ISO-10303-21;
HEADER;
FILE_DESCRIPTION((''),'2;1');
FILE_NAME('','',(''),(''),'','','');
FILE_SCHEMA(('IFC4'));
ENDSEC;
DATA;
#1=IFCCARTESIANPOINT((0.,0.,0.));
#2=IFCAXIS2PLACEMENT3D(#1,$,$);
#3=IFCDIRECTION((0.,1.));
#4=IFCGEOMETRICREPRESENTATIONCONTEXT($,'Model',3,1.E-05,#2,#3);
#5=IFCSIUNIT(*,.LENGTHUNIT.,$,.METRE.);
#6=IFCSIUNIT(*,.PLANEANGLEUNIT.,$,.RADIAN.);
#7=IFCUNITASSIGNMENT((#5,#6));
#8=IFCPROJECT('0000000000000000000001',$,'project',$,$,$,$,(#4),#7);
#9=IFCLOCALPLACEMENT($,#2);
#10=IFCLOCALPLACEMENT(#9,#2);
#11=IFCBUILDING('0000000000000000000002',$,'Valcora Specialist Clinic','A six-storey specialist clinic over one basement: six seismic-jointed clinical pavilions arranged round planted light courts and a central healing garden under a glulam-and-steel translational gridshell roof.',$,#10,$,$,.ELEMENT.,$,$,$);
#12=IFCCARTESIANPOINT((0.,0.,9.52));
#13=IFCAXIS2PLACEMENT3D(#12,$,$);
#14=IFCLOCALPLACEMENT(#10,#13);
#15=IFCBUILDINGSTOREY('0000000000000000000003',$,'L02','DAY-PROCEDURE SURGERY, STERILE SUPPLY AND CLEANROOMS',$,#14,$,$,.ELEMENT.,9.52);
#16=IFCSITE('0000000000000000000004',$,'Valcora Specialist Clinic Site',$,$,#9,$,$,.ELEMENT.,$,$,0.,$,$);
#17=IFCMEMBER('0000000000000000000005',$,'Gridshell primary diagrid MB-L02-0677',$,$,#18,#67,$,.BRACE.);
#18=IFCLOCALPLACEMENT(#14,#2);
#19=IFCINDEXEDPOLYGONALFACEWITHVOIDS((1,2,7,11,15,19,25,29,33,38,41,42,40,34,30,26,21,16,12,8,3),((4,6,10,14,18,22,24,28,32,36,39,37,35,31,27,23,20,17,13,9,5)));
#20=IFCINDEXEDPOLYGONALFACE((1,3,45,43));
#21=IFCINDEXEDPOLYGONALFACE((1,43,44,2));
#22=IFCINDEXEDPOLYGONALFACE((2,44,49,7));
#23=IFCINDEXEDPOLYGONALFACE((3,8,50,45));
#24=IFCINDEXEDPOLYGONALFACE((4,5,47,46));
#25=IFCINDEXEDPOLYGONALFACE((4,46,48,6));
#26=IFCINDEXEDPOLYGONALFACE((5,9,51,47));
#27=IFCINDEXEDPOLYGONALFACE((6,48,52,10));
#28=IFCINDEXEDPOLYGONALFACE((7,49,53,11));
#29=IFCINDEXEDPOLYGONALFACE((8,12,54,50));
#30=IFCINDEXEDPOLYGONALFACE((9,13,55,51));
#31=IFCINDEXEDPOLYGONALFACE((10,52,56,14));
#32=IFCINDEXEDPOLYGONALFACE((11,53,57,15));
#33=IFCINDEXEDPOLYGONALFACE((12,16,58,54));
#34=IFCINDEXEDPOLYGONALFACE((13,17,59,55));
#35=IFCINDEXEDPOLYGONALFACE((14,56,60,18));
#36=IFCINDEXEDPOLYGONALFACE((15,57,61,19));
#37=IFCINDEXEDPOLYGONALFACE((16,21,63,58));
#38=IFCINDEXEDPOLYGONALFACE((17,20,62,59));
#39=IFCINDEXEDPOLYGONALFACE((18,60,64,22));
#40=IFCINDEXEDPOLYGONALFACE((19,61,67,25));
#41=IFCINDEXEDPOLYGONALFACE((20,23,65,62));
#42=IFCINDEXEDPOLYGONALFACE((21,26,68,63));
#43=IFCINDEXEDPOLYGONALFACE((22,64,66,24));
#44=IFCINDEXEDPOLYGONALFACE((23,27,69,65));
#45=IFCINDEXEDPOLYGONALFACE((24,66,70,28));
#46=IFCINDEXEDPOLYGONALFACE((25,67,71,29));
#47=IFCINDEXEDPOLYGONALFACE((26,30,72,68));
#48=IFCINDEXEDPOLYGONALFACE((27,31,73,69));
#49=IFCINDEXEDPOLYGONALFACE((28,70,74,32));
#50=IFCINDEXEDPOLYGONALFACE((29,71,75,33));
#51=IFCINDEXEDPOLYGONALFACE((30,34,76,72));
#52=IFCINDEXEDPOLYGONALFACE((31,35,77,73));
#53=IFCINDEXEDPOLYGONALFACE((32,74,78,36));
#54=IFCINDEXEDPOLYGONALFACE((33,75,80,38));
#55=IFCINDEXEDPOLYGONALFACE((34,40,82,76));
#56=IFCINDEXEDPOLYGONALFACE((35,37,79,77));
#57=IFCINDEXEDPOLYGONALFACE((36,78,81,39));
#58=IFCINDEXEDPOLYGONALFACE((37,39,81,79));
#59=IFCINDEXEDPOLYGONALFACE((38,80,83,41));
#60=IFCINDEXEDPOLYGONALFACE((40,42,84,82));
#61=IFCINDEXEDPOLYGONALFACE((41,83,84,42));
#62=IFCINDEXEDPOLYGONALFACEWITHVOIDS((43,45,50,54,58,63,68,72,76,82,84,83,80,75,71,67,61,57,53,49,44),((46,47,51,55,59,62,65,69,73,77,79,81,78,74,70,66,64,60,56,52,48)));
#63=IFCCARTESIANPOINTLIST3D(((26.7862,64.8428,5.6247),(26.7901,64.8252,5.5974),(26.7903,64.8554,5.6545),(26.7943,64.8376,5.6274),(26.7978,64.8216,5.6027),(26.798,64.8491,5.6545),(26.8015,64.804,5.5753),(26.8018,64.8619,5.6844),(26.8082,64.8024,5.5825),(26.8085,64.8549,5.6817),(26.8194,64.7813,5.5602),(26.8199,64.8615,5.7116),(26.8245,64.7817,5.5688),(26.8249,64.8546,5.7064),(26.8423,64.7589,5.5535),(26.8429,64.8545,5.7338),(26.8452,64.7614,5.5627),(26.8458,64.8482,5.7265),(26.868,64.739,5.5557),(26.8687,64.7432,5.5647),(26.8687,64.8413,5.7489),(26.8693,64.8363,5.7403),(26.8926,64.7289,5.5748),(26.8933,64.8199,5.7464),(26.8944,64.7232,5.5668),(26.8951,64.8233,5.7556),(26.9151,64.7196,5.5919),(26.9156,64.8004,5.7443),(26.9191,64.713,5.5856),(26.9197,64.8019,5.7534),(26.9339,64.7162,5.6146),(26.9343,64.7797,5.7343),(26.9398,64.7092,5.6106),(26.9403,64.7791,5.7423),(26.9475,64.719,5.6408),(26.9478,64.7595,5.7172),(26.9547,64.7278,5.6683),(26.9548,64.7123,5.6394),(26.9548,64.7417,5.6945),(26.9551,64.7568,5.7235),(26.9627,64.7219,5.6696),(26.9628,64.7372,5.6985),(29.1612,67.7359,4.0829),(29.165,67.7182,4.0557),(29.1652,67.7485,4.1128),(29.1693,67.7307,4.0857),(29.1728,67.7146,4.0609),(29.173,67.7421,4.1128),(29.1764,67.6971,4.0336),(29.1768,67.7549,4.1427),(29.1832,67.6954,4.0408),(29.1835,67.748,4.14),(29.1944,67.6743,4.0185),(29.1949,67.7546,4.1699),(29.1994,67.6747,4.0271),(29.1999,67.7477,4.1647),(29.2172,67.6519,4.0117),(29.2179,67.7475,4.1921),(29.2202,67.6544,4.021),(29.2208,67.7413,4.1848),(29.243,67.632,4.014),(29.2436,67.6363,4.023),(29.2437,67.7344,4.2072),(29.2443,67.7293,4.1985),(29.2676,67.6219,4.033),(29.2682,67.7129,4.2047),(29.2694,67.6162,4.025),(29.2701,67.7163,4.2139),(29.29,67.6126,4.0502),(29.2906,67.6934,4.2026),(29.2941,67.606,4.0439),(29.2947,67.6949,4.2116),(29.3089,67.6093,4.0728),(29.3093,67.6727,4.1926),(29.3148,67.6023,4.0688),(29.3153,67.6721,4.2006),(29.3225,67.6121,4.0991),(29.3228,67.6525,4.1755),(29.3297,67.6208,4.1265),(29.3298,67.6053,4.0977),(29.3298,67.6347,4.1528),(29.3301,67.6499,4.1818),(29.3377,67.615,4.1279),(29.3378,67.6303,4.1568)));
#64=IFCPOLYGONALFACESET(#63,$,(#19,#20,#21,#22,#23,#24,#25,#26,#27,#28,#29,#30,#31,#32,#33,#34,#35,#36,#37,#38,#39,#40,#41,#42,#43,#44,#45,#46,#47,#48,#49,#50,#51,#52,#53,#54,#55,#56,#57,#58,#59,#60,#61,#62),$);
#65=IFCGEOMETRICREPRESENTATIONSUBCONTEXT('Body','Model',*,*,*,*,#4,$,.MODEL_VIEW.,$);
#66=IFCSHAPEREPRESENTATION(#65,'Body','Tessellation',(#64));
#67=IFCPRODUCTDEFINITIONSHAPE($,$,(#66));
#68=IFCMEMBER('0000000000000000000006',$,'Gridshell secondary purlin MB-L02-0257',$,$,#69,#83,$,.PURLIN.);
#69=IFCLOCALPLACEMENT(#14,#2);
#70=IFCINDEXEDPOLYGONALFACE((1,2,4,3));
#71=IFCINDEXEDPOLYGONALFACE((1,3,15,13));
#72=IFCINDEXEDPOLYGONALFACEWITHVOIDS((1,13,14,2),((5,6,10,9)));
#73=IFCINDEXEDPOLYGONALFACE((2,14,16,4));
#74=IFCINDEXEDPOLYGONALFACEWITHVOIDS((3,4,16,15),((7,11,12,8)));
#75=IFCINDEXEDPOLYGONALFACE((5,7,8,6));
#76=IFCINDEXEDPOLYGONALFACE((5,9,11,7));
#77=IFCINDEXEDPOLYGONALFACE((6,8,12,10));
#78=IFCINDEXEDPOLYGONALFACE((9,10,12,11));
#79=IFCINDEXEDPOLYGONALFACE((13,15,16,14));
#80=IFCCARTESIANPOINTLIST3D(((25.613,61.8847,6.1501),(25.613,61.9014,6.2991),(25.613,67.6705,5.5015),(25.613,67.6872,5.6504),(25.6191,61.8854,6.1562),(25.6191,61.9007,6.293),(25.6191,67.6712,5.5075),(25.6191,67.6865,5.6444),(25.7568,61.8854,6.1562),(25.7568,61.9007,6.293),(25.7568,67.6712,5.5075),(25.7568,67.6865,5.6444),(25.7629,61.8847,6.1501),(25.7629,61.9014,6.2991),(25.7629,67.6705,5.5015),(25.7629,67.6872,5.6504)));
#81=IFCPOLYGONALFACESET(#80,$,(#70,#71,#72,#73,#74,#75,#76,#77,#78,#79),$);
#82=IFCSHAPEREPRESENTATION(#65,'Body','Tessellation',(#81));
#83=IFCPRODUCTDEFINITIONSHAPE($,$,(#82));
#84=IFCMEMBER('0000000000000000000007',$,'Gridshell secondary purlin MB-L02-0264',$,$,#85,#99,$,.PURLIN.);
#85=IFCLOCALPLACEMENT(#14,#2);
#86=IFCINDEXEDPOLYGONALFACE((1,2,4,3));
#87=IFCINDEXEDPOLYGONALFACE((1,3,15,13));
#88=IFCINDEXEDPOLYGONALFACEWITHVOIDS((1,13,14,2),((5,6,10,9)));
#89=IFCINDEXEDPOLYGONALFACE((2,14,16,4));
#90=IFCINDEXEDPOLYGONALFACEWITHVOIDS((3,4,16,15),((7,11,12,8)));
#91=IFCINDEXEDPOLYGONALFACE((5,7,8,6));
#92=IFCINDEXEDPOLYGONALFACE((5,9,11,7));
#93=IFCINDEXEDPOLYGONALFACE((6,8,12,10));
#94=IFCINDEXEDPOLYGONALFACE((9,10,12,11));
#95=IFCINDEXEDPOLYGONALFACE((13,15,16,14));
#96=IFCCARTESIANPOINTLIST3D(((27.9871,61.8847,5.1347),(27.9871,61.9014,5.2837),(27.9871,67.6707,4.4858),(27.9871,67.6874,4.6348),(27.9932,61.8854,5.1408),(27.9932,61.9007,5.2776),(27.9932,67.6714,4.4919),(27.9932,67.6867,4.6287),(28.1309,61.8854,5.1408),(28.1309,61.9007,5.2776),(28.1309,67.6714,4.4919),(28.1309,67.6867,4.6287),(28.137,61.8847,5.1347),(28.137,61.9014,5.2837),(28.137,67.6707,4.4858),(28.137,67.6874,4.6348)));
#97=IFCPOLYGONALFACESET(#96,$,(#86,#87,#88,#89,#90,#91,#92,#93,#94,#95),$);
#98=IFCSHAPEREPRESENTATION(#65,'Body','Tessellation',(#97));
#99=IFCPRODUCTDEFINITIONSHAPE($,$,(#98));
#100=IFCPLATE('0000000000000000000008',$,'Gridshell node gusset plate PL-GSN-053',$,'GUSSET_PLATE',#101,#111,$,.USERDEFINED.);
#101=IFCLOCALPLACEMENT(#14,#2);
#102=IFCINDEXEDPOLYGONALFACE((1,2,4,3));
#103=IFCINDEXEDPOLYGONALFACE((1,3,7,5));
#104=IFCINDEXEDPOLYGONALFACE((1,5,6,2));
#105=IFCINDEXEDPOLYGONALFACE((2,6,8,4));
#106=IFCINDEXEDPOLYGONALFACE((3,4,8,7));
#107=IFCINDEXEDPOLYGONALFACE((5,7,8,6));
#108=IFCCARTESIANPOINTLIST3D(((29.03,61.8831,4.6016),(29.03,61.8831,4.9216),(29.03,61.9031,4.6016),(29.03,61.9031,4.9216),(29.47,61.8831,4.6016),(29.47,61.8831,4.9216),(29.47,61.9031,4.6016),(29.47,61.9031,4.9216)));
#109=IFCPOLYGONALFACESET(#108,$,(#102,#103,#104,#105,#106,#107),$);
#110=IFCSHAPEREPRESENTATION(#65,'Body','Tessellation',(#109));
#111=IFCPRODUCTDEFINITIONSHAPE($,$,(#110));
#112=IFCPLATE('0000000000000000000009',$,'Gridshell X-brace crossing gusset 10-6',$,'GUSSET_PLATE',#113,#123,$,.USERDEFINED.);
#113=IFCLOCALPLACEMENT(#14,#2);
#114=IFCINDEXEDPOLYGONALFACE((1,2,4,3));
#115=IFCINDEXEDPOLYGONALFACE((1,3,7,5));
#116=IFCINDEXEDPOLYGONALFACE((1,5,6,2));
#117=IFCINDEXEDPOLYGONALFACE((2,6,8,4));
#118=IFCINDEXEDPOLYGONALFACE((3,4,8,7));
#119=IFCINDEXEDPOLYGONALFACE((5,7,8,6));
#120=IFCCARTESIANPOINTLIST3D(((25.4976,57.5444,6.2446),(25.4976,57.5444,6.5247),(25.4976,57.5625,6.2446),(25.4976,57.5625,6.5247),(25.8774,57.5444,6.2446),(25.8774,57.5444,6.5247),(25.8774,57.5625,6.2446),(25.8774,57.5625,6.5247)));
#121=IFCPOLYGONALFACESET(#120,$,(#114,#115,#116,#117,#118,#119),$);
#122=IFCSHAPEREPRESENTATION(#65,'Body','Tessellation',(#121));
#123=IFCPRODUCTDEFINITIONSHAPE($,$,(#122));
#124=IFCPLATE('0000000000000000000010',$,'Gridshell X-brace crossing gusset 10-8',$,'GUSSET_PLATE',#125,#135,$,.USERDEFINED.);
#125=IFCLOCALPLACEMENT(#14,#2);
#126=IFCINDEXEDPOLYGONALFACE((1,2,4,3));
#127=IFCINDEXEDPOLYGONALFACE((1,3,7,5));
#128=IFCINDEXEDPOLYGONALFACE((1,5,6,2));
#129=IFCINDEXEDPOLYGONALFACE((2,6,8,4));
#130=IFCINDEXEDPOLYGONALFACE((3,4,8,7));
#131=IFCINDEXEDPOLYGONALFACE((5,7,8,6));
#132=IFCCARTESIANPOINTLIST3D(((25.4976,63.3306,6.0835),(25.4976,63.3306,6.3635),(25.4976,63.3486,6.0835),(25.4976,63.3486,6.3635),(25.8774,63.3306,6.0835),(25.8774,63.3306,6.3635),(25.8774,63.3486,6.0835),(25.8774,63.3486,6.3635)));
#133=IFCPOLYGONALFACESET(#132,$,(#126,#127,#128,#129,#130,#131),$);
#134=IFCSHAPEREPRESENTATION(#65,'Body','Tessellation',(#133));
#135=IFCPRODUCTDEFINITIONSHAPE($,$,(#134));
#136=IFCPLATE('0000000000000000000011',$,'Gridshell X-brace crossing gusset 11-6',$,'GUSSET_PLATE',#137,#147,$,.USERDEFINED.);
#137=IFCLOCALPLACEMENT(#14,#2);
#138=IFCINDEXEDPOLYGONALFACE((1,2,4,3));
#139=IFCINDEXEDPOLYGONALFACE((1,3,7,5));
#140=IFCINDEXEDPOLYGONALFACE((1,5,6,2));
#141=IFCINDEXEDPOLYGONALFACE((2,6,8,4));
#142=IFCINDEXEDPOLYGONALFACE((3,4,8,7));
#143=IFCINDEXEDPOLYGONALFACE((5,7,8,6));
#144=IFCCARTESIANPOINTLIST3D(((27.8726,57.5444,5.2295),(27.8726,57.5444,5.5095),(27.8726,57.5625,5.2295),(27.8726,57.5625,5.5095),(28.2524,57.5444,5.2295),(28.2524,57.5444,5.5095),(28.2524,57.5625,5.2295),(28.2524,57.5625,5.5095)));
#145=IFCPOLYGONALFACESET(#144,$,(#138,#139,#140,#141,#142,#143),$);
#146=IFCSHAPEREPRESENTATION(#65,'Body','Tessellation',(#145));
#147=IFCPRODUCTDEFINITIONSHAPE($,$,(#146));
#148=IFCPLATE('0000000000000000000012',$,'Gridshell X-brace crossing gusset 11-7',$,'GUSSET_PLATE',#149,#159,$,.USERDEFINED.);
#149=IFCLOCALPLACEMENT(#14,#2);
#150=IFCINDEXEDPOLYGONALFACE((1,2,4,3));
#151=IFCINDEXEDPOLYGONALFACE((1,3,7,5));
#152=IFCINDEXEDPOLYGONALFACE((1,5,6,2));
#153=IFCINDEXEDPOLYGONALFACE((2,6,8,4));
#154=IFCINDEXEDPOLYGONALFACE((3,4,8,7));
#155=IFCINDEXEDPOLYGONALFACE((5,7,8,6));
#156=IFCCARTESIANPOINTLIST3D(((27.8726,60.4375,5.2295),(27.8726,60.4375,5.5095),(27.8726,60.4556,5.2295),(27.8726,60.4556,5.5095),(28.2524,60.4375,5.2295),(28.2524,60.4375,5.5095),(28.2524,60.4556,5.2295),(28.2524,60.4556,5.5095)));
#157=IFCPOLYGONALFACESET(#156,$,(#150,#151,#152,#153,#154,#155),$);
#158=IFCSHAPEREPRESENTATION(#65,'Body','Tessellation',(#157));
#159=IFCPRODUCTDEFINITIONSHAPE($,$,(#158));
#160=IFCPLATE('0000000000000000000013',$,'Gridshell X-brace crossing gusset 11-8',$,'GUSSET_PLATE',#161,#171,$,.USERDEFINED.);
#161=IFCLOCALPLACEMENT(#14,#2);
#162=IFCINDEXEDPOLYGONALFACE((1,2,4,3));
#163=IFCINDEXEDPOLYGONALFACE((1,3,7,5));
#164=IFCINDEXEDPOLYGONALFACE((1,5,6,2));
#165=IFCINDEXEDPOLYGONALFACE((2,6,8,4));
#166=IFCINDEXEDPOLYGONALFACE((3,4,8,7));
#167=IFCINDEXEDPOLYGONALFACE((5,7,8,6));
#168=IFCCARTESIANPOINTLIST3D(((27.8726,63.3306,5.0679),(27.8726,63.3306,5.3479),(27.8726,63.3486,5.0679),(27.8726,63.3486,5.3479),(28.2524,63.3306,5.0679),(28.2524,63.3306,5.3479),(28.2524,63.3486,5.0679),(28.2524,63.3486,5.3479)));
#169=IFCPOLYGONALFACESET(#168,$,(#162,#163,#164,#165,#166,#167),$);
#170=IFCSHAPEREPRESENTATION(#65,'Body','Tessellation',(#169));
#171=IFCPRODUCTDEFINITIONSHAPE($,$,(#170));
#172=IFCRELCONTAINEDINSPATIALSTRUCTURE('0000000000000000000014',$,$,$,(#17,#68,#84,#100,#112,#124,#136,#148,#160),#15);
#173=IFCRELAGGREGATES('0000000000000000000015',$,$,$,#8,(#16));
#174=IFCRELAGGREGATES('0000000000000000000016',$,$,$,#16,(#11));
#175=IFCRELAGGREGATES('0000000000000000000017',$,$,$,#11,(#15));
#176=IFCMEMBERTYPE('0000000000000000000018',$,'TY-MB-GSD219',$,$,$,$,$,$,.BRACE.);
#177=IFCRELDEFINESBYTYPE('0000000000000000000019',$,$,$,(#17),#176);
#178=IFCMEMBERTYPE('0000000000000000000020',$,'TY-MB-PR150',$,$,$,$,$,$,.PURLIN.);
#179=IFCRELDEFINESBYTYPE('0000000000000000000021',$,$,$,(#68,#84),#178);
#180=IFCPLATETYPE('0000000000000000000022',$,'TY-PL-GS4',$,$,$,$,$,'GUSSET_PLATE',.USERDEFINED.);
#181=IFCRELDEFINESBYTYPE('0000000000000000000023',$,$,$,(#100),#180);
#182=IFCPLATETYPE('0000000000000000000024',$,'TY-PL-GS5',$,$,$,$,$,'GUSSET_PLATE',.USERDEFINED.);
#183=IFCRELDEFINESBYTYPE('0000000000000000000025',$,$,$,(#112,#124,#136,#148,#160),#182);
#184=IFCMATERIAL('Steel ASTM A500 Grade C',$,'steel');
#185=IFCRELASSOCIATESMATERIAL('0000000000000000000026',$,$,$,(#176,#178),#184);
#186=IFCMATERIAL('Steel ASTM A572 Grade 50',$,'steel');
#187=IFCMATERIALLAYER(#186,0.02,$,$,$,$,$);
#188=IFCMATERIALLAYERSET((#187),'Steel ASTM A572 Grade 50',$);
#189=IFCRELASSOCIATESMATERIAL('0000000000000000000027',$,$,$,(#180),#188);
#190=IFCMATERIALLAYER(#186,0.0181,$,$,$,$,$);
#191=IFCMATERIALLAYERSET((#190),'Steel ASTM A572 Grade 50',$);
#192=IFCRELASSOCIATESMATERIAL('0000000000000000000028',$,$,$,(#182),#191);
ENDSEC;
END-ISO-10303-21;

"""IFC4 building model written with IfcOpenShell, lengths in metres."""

from ifc_helpers import new_model, si_unit, direction, frame, origin, origin_2d, place, context, subcontext, project, spatial, rectangle, hollow_rectangle, hollow_circle, extrude, material, layer, layer_set, material_profile, profile_set, type_object, element, save


model = new_model("IFC4")

# Units and contexts
model_context = context("Model", 3, precision=1e-05, world=origin(), true_north=direction((0.0, 1.0)))
body_context = subcontext(model_context, "Body", "Model", "MODEL_VIEW")
ifc_project = project(units=[si_unit("LENGTHUNIT", "METRE"), si_unit("PLANEANGLEUNIT", "RADIAN")], contexts=[model_context])

# Site, building, storey
site_placement = place(None, origin())
site = spatial("IfcSite", under=ifc_project, at=site_placement, Name="Valcora Specialist Clinic Site", CompositionType="ELEMENT", RefElevation=0.0)
building_placement = place(site_placement, origin())
building = spatial("IfcBuilding", under=site, at=building_placement, Name="Valcora Specialist Clinic", Description="A six-storey specialist clinic over one basement: six seismic-jointed clinical pavilions arranged round planted light courts and a central healing garden under a glulam-and-steel translational gridshell roof.", CompositionType="ELEMENT")
storey_placement = place(building_placement, frame((0.0, 0.0, 9.52)))
storey = spatial("IfcBuildingStorey", under=building, at=storey_placement, Name="L02", Description="DAY-PROCEDURE SURGERY, STERILE SUPPLY AND CLEANROOMS", CompositionType="ELEMENT", Elevation=9.52)

# Members
ifc_material_1 = material(Name="Steel ASTM A500 Grade C", Category="steel")
ifc_material_profile_1 = material_profile(ifc_material_1, hollow_circle(Radius=0.1096, WallThickness=0.01, at=origin_2d()), Name="ST-CHS-219X10")
ifc_profile_set_1 = profile_set([ifc_material_profile_1], Name="Steel ASTM A500 Grade C")
member_type_1 = type_object("IfcMemberType", Name="TY-MB-GSD219", PredefinedType="BRACE", material=ifc_profile_set_1)
member_1_placement = place(storey_placement, frame((26.875, 64.7859, 5.6545), z_axis=(0.586689, 0.714665, -0.380853), x_axis=(-0.772916, 0.634508, 0.0)))
element("IfcMember", 1, at=member_1_placement, inside=storey, type_object=member_type_1, Name="Gridshell primary diagrid MB-L02-0677", PredefinedType="BRACE", context=body_context, shape_type="SweptSolid", body=[
    extrude(hollow_circle(Radius=0.1096, WallThickness=0.01, at=origin_2d()), origin(), (0.0, 0.0, 1.0), 4.0481),
])
ifc_material_profile_2 = material_profile(ifc_material_1, hollow_rectangle(XDim=0.1499, YDim=0.1499, WallThickness=0.0061, at=origin_2d()), Name="ST-RHS-150X150X6")
ifc_profile_set_2 = profile_set([ifc_material_profile_2], Name="Steel ASTM A500 Grade C")
member_type_2 = type_object("IfcMemberType", Name="TY-MB-PR150", PredefinedType="PURLIN", material=ifc_profile_set_2)
member_2_placement = place(storey_placement, frame((25.688, 61.8931, 6.2246), z_axis=(0.0, 0.993774, -0.111416), x_axis=(-1.0, 0.0, 0.0)))
element("IfcMember", 2, at=member_2_placement, inside=storey, type_object=member_type_2, Name="Gridshell secondary purlin MB-L02-0257", PredefinedType="PURLIN", context=body_context, shape_type="SweptSolid", body=[
    extrude(hollow_rectangle(XDim=0.1499, YDim=0.1499, WallThickness=0.0061, at=origin_2d()), origin(), (0.0, 0.0, 1.0), 5.822),
])
member_3_placement = place(storey_placement, frame((28.062, 61.8931, 5.2092), z_axis=(0.0, 0.993769, -0.111458), x_axis=(-1.0, 0.0, 0.0)))
element("IfcMember", 3, at=member_3_placement, inside=storey, type_object=member_type_2, Name="Gridshell secondary purlin MB-L02-0264", PredefinedType="PURLIN", context=body_context, shape_type="SweptSolid", body=[
    extrude(hollow_rectangle(XDim=0.1499, YDim=0.1499, WallThickness=0.0061, at=origin_2d()), origin(), (0.0, 0.0, 1.0), 5.8223),
])

# Plates
ifc_material_2 = material(Name="Steel ASTM A572 Grade 50", Category="steel")
ifc_layer_1 = layer(ifc_material_2, 0.02)
ifc_layer_set_1 = layer_set([ifc_layer_1], Name="Steel ASTM A572 Grade 50")
plate_type_1 = type_object("IfcPlateType", Name="TY-PL-GS4", ElementType="GUSSET_PLATE", PredefinedType="USERDEFINED", material=ifc_layer_set_1)
plate_placement = place(storey_placement, frame((29.25, 61.8931, 4.6016), z_axis=(0.0, 0.0, 1.0), x_axis=(1.0, 0.0, 0.0)))
element("IfcPlate", 4, at=plate_placement, inside=storey, type_object=plate_type_1, Name="Gridshell node gusset plate PL-GSN-053", ObjectType="GUSSET_PLATE", PredefinedType="USERDEFINED", context=body_context, shape_type="SweptSolid", body=[
    extrude(rectangle(XDim=0.4399, YDim=0.02, at=origin_2d()), origin(), (0.0, 0.0, 1.0), 0.3201),
])
ifc_layer_2 = layer(ifc_material_2, 0.0181)
ifc_layer_set_2 = layer_set([ifc_layer_2], Name="Steel ASTM A572 Grade 50")
plate_type_2 = type_object("IfcPlateType", Name="TY-PL-GS5", ElementType="GUSSET_PLATE", PredefinedType="USERDEFINED", material=ifc_layer_set_2)
for number, where, z_axis, x_axis, name in (
    (5, (25.6875, 57.5535, 6.2446), (0.0, 0.0, 1.0), (1.0, 0.0, 0.0), "Gridshell X-brace crossing gusset 10-6"),
    (6, (25.6875, 63.3396, 6.0835), (0.0, 0.0, 1.0), (1.0, 0.0, 0.0), "Gridshell X-brace crossing gusset 10-8"),
    (7, (28.0625, 57.5535, 5.2295), (0.0, 0.0, 1.0), (1.0, 0.0, 0.0), "Gridshell X-brace crossing gusset 11-6"),
    (8, (28.0625, 60.4465, 5.2295), (0.0, 0.0, 1.0), (1.0, 0.0, 0.0), "Gridshell X-brace crossing gusset 11-7"),
    (9, (28.0625, 63.3396, 5.0679), (0.0, 0.0, 1.0), (1.0, 0.0, 0.0), "Gridshell X-brace crossing gusset 11-8"),
):
    element("IfcPlate", number, at=place(storey_placement, frame(where, z_axis=z_axis, x_axis=x_axis)), inside=storey, type_object=plate_type_2, Name=name, ObjectType="GUSSET_PLATE", PredefinedType="USERDEFINED", context=body_context, shape_type="SweptSolid", body=[
        extrude(rectangle(XDim=0.3799, YDim=0.0181, at=origin_2d()), origin(), (0.0, 0.0, 1.0), 0.28),
    ])

save(model, "model.ifc")
